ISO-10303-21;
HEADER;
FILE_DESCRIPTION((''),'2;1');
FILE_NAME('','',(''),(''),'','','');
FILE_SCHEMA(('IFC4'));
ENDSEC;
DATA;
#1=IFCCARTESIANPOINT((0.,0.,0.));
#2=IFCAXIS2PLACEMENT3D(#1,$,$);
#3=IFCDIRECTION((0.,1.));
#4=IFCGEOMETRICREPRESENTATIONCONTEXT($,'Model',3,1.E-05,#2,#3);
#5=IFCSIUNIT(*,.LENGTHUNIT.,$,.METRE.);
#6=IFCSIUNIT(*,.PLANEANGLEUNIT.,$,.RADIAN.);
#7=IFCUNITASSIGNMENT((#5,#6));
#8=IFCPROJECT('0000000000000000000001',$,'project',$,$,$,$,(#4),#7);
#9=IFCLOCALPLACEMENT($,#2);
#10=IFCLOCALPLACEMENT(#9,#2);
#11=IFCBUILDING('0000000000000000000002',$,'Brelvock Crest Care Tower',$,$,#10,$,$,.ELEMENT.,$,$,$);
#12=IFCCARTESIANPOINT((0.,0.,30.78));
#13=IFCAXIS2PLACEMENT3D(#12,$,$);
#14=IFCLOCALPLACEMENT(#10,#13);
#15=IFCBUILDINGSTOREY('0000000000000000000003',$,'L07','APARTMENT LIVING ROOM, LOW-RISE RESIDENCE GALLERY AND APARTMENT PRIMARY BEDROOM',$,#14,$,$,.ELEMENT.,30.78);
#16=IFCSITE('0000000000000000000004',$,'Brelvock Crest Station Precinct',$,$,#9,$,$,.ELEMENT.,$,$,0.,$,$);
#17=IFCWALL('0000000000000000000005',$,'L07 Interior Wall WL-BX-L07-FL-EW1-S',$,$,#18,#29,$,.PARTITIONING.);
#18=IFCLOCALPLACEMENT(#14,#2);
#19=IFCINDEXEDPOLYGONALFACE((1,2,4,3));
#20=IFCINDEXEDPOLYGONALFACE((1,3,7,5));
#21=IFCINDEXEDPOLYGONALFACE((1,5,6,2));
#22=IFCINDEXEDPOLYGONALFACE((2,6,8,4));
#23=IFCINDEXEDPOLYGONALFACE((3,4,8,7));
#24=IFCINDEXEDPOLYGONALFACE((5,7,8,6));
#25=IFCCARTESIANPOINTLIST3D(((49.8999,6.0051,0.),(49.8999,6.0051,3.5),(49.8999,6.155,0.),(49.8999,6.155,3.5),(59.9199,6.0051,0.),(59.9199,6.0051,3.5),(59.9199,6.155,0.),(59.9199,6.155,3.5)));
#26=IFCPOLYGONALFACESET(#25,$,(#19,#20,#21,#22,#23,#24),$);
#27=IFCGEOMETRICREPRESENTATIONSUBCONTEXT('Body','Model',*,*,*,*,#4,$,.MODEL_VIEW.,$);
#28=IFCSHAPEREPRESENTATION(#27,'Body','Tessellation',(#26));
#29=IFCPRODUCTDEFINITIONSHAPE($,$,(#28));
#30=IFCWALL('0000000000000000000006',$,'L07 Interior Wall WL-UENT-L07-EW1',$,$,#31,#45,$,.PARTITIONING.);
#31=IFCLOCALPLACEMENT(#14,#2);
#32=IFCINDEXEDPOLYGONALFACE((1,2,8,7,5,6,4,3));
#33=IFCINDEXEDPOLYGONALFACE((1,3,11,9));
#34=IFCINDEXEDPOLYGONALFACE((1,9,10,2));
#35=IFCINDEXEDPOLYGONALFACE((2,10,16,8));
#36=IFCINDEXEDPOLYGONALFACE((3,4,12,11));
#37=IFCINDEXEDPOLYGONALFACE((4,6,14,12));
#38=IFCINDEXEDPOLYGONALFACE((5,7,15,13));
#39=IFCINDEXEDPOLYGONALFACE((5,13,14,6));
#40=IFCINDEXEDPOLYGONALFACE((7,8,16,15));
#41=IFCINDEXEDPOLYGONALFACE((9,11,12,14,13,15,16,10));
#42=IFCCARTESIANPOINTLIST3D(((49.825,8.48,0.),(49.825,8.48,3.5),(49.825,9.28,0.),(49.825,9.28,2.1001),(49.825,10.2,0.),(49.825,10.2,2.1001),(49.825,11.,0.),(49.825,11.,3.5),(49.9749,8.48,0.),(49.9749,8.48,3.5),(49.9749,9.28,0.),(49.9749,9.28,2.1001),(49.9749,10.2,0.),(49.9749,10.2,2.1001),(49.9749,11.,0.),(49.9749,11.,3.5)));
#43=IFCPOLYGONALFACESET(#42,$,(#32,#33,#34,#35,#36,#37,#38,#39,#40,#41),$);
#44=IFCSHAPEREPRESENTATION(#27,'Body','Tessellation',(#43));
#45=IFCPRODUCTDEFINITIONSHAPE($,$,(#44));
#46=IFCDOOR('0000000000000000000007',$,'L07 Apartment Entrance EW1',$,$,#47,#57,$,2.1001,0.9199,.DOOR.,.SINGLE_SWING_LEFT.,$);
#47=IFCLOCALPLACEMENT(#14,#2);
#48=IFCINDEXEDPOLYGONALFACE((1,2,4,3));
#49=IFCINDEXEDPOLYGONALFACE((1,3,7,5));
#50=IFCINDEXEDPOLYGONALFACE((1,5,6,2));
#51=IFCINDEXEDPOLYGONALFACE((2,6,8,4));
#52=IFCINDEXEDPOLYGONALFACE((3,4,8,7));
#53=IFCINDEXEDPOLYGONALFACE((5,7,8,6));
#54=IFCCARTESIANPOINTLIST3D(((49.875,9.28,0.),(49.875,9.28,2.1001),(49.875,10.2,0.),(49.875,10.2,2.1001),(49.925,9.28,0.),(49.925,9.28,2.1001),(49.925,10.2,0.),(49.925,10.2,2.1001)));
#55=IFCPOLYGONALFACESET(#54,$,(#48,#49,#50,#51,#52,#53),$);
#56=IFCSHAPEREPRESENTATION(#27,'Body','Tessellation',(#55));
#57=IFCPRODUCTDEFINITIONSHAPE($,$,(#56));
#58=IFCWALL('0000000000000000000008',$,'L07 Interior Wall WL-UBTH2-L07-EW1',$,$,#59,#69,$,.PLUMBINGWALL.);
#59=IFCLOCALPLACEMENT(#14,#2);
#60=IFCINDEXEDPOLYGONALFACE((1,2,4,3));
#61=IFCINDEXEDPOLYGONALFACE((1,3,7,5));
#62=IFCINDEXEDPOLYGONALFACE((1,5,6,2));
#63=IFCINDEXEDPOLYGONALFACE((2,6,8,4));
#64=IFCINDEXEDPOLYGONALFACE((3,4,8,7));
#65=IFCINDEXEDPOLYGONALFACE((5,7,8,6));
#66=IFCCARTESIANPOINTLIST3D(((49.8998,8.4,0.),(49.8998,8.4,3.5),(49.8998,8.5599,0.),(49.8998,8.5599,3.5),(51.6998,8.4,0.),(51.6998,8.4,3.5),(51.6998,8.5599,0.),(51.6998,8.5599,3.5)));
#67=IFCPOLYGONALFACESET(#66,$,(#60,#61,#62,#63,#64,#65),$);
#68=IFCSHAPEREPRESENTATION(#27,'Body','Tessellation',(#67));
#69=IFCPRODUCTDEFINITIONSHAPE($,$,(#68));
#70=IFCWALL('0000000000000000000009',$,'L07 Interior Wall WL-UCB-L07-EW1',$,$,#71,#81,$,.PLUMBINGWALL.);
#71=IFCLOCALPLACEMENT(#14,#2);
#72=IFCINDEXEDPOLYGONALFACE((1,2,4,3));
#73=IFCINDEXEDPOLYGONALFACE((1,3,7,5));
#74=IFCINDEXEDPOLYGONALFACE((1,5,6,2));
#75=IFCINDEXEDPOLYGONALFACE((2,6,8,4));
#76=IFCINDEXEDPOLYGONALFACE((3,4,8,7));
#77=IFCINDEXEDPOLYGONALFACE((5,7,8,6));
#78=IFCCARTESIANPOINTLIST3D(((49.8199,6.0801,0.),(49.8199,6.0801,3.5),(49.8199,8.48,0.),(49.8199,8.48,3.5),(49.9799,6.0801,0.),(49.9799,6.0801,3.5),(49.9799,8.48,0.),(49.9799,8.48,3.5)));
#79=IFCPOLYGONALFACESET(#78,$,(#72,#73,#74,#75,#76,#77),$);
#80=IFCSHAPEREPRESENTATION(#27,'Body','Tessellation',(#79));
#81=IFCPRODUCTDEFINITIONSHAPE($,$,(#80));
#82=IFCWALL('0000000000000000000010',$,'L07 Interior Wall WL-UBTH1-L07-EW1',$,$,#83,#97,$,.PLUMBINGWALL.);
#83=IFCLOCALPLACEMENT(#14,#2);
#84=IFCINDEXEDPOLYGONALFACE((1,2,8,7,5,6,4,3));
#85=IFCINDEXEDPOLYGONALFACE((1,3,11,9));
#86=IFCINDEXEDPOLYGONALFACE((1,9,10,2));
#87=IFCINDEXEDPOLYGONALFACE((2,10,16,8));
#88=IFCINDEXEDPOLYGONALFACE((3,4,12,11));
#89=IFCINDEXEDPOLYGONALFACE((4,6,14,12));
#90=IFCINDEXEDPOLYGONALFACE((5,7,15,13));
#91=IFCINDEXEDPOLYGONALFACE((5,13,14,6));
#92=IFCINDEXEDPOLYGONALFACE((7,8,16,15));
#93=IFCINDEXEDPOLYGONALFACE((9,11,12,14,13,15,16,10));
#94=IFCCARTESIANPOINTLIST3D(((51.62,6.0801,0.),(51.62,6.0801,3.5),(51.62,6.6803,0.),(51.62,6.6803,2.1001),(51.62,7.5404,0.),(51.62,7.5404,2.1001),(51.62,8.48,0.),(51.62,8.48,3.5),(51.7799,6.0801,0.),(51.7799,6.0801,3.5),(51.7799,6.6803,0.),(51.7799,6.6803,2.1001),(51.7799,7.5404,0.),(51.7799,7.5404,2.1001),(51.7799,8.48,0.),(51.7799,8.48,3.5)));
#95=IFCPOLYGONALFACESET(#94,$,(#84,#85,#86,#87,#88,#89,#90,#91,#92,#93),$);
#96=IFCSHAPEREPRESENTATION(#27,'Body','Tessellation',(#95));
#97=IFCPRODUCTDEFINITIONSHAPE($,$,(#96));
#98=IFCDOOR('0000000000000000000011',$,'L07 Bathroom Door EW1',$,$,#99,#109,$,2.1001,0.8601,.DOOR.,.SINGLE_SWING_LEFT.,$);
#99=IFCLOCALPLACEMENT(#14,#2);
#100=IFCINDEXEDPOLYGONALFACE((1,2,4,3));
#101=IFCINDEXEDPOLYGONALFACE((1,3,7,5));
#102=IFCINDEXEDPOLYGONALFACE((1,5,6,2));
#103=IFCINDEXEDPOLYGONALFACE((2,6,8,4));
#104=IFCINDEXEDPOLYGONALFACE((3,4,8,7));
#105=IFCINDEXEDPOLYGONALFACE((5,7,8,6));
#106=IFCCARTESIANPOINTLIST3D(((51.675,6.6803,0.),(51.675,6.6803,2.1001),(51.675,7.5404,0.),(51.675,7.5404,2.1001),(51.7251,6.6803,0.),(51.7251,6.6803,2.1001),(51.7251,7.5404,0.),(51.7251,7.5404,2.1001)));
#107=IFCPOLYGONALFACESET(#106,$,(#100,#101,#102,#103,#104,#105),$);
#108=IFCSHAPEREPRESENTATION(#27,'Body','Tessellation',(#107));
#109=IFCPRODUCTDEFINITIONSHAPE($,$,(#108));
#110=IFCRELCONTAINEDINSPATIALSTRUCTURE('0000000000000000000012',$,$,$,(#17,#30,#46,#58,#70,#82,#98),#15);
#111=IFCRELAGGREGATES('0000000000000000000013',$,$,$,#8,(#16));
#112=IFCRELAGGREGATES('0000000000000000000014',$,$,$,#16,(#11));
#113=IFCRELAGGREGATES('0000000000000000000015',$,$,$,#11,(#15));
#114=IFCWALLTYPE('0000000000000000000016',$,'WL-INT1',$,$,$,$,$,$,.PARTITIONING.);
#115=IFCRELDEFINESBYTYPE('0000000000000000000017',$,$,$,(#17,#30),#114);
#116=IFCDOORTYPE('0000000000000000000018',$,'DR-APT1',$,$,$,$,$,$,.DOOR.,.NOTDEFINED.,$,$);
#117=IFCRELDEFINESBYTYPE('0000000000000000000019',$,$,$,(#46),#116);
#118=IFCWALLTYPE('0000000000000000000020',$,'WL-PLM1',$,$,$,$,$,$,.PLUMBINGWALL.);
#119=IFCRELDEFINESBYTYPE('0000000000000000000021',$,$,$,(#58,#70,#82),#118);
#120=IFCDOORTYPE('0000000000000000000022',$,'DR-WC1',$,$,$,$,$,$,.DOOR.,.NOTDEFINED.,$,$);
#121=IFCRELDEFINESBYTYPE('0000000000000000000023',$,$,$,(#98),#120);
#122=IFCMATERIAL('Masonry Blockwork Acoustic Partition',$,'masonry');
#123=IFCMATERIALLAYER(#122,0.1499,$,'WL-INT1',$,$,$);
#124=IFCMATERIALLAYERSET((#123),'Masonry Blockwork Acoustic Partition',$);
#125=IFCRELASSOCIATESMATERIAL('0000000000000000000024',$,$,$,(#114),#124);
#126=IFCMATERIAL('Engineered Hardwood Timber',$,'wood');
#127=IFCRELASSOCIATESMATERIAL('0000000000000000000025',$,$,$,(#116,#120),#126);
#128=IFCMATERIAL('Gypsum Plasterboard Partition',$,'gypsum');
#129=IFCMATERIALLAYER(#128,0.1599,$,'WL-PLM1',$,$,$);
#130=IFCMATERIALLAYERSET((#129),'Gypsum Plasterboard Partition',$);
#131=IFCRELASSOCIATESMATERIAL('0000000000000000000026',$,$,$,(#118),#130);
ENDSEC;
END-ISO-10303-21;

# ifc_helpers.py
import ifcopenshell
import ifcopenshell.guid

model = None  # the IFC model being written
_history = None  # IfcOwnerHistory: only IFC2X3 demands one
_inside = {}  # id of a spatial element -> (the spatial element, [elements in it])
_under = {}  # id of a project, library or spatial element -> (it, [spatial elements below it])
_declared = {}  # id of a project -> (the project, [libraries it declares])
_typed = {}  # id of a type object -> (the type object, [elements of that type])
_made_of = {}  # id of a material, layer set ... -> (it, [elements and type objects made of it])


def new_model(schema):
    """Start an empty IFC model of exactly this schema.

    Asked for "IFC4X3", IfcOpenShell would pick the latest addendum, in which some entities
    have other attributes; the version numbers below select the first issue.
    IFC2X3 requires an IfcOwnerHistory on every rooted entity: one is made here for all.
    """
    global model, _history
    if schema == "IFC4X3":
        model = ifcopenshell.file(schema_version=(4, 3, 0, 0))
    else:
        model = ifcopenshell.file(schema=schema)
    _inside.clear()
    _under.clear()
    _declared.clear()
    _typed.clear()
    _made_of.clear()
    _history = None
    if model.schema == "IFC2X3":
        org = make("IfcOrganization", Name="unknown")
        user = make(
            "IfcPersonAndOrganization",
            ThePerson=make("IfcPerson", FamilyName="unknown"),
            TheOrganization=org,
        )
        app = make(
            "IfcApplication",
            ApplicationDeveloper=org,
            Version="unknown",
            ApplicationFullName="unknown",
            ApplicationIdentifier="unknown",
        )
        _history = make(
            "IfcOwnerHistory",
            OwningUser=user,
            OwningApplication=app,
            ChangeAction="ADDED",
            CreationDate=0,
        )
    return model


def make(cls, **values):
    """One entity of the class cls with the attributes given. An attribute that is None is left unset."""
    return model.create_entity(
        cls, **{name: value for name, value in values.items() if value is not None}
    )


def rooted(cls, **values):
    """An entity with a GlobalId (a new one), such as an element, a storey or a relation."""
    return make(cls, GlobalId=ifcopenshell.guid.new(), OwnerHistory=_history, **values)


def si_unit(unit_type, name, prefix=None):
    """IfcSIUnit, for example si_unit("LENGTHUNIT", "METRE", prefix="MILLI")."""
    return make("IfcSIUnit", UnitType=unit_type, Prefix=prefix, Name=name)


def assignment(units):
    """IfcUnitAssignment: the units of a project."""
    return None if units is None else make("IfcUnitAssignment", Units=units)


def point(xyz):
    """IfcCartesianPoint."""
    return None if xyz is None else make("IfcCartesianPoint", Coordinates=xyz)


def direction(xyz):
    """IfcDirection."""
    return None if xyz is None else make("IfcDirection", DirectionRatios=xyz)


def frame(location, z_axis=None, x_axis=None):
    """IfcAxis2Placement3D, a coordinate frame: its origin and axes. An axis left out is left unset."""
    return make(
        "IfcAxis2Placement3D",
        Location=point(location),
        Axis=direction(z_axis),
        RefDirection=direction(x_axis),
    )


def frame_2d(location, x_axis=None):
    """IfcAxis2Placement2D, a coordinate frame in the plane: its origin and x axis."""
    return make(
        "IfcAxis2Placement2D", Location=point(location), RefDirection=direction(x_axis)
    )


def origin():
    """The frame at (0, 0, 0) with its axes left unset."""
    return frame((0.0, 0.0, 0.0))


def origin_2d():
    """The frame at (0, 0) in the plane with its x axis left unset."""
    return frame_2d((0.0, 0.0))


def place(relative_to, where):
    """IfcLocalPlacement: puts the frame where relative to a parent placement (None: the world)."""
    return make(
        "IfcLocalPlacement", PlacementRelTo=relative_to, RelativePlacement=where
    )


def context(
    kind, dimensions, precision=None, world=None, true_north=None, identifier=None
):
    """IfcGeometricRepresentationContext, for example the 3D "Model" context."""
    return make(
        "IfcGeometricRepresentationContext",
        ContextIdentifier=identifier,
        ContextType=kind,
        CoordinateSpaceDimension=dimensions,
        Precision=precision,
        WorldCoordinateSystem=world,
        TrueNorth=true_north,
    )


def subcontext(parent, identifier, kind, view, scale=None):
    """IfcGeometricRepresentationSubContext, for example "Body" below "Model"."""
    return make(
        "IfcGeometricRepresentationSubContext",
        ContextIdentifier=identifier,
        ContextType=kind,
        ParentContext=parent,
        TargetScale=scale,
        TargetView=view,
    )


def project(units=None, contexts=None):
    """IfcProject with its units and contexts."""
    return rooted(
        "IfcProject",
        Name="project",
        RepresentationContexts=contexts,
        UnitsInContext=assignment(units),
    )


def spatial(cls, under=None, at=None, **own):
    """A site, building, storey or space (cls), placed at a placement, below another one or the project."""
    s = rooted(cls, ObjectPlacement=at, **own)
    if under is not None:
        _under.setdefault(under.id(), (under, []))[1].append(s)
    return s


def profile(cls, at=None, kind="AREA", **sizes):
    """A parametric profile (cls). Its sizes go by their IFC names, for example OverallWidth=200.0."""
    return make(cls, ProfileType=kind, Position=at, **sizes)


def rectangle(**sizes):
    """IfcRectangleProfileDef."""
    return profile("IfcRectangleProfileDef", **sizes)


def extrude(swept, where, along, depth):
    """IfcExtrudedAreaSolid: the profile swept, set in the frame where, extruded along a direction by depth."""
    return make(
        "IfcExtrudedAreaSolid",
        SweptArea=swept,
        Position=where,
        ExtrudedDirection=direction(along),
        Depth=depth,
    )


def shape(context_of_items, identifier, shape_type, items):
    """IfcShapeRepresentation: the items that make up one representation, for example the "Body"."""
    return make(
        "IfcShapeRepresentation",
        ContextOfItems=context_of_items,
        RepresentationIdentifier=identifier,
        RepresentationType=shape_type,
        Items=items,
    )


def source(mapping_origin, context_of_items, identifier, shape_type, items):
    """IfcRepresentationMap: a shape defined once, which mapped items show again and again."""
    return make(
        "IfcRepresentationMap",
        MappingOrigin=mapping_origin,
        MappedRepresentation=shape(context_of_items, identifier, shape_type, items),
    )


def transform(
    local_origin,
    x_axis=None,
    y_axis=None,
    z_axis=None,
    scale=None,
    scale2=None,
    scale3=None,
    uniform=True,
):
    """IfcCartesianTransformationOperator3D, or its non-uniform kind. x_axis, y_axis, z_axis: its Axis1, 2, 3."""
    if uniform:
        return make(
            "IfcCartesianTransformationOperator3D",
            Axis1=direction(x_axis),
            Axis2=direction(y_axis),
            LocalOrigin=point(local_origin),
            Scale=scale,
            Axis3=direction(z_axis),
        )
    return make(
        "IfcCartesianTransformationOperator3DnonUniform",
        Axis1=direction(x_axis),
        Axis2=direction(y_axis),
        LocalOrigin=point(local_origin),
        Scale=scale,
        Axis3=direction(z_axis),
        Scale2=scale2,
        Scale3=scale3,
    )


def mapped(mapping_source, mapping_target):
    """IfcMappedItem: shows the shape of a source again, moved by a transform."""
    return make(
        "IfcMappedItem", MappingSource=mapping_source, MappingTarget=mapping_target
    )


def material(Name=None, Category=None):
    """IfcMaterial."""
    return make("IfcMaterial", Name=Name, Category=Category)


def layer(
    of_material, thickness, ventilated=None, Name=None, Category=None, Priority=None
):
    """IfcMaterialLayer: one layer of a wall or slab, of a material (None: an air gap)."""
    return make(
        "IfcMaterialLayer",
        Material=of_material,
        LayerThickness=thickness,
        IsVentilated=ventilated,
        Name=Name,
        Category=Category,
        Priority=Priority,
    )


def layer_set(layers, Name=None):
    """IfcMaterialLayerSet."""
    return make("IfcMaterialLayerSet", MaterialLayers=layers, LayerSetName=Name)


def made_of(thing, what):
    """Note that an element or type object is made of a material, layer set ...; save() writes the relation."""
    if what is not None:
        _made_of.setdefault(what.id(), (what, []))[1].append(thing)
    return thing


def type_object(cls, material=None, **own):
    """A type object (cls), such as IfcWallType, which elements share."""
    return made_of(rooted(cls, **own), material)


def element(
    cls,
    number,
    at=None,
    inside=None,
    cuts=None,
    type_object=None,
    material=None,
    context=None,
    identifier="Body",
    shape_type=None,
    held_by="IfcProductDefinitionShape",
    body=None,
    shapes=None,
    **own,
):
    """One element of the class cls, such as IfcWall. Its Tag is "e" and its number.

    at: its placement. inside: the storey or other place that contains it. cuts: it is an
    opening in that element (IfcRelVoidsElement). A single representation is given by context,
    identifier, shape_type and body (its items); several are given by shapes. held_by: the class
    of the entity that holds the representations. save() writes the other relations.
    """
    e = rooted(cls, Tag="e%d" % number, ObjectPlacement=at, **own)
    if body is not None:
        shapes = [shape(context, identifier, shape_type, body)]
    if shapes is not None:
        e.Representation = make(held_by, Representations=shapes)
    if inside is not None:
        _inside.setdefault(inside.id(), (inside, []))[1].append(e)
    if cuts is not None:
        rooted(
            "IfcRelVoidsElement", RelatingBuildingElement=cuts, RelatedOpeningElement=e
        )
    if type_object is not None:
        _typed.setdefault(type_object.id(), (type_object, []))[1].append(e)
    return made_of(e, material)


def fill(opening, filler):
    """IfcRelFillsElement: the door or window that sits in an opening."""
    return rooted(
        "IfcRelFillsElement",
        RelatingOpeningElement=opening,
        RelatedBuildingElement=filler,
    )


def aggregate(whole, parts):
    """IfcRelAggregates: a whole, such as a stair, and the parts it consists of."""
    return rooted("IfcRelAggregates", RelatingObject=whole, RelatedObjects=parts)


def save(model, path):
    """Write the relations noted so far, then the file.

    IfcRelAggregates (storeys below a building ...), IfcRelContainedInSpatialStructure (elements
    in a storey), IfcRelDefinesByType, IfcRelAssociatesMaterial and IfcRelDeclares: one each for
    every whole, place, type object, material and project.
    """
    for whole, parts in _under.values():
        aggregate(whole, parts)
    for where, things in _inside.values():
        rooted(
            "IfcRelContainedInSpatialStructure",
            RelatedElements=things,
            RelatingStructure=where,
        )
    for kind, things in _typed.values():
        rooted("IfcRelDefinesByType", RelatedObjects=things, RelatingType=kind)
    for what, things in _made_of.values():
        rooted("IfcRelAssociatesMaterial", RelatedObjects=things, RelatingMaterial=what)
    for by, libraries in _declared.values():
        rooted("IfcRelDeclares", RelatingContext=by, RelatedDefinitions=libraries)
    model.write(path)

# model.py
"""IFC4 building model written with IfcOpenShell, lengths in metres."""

from ifc_helpers import new_model, si_unit, direction, frame, frame_2d, origin, origin_2d, place, context, subcontext, project, spatial, rectangle, extrude, source, transform, mapped, material, layer, layer_set, type_object, element, fill, save


model = new_model("IFC4")

# Units and contexts
model_context = context("Model", 3, precision=1e-05, world=origin(), true_north=direction((0.0, 1.0)))
body_context = subcontext(model_context, "Body", "Model", "MODEL_VIEW")
ifc_project = project(units=[si_unit("LENGTHUNIT", "METRE"), si_unit("PLANEANGLEUNIT", "RADIAN")], contexts=[model_context])

# Site, building, storey
site_placement = place(None, origin())
site = spatial("IfcSite", under=ifc_project, at=site_placement, Name="Brelvock Crest Station Precinct", CompositionType="ELEMENT", RefElevation=0.0)
building_placement = place(site_placement, origin())
building = spatial("IfcBuilding", under=site, at=building_placement, Name="Brelvock Crest Care Tower", CompositionType="ELEMENT")
storey_placement = place(building_placement, frame((0.0, 0.0, 30.78)))
storey = spatial("IfcBuildingStorey", under=building, at=storey_placement, Name="L07", Description="APARTMENT LIVING ROOM, LOW-RISE RESIDENCE GALLERY AND APARTMENT PRIMARY BEDROOM", CompositionType="ELEMENT", Elevation=30.78)

# Wall
ifc_material_1 = material(Name="Masonry Blockwork Acoustic Partition", Category="masonry")
ifc_layer_1 = layer(ifc_material_1, 0.1499, Name="WL-INT1")
ifc_layer_set_1 = layer_set([ifc_layer_1], Name="Masonry Blockwork Acoustic Partition")
wall_type_1 = type_object("IfcWallType", Name="WL-INT1", PredefinedType="PARTITIONING", material=ifc_layer_set_1)
wall_1_placement = place(storey_placement, frame((49.8999, 6.0801, 0.0), z_axis=(0.0, 0.0, 1.0), x_axis=(1.0, 0.0, 0.0)))
element("IfcWall", 1, at=wall_1_placement, inside=storey, type_object=wall_type_1, Name="L07 Interior Wall WL-BX-L07-FL-EW1-S", PredefinedType="PARTITIONING", context=body_context, shape_type="SweptSolid", body=[
    extrude(rectangle(XDim=10.02, YDim=0.1499, at=frame_2d((5.01, 0.0))), origin(), (0.0, 0.0, 1.0), 3.5),
])

# Wall, opening, door
wall_2_placement = place(storey_placement, frame((49.8999, 8.48, 0.0), z_axis=(0.0, 0.0, 1.0), x_axis=(0.0, 1.0, 0.0)))
wall_2 = element("IfcWall", 2, at=wall_2_placement, inside=storey, type_object=wall_type_1, Name="L07 Interior Wall WL-UENT-L07-EW1", PredefinedType="PARTITIONING", context=body_context, shape_type="SweptSolid", body=[
    extrude(rectangle(XDim=2.52, YDim=0.1499, at=frame_2d((1.26, 0.0))), origin(), (0.0, 0.0, 1.0), 3.5),
])
opening_1_placement = place(wall_2_placement, frame((0.8, 0.0, 0.0)))
opening_1 = element("IfcOpeningElement", 3, at=opening_1_placement, cuts=wall_2, PredefinedType="OPENING", context=body_context, shape_type="SweptSolid", body=[
    extrude(rectangle(XDim=0.9199, YDim=2.1001, at=origin_2d()), frame((0.46, 0.085, 1.05), z_axis=(0.0, -1.0, 0.0), x_axis=(1.0, 0.0, 0.0)), (0.0, 0.0, 1.0), 0.1699),
])
ifc_material_2 = material(Name="Engineered Hardwood Timber", Category="wood")
door_type_1 = type_object("IfcDoorType", Name="DR-APT1", OperationType="NOTDEFINED", PredefinedType="DOOR", material=ifc_material_2)
shared_shape_1 = source(origin(), body_context, "Body", "SweptSolid", [
    extrude(rectangle(XDim=0.9199, YDim=2.1001, at=origin_2d()), frame((0.46, 0.0249, 1.05), z_axis=(0.0, -1.0, 0.0), x_axis=(1.0, 0.0, 0.0)), (0.0, 0.0, 1.0), 0.05),
])
door_1_placement = place(opening_1_placement, origin())
door_1 = element("IfcDoor", 4, at=door_1_placement, inside=storey, type_object=door_type_1, Name="L07 Apartment Entrance EW1", OperationType="SINGLE_SWING_LEFT", OverallHeight=2.1001, OverallWidth=0.9199, PredefinedType="DOOR", context=body_context, shape_type="MappedRepresentation", body=[
    mapped(shared_shape_1, transform((0.0, 0.0, 0.0), x_axis=(1.0, 0.0, 0.0), y_axis=(0.0, 1.0, 0.0), z_axis=(0.0, 0.0, 1.0), scale=1.0)),
])
fill(opening_1, door_1)

# Walls
ifc_material_3 = material(Name="Gypsum Plasterboard Partition", Category="gypsum")
ifc_layer_2 = layer(ifc_material_3, 0.1599, Name="WL-PLM1")
ifc_layer_set_2 = layer_set([ifc_layer_2], Name="Gypsum Plasterboard Partition")
wall_type_2 = type_object("IfcWallType", Name="WL-PLM1", PredefinedType="PLUMBINGWALL", material=ifc_layer_set_2)
wall_3_placement = place(storey_placement, frame((49.8999, 8.48, 0.0), z_axis=(0.0, 0.0, 1.0), x_axis=(1.0, 0.0, 0.0)))
element("IfcWall", 5, at=wall_3_placement, inside=storey, type_object=wall_type_2, Name="L07 Interior Wall WL-UBTH2-L07-EW1", PredefinedType="PLUMBINGWALL", context=body_context, shape_type="SweptSolid", body=[
    extrude(rectangle(XDim=1.8, YDim=0.1599, at=frame_2d((0.8999, 0.0))), origin(), (0.0, 0.0, 1.0), 3.5),
])
wall_4_placement = place(storey_placement, frame((49.8999, 6.0801, 0.0), z_axis=(0.0, 0.0, 1.0), x_axis=(0.0, 1.0, 0.0)))
element("IfcWall", 6, at=wall_4_placement, inside=storey, type_object=wall_type_2, Name="L07 Interior Wall WL-UCB-L07-EW1", PredefinedType="PLUMBINGWALL", context=body_context, shape_type="SweptSolid", body=[
    extrude(rectangle(XDim=2.3999, YDim=0.1599, at=frame_2d((1.2, 0.0))), origin(), (0.0, 0.0, 1.0), 3.5),
])

# Wall, opening, door
wall_5_placement = place(storey_placement, frame((51.7, 6.0801, 0.0), z_axis=(0.0, 0.0, 1.0), x_axis=(0.0, 1.0, 0.0)))
wall_5 = element("IfcWall", 7, at=wall_5_placement, inside=storey, type_object=wall_type_2, Name="L07 Interior Wall WL-UBTH1-L07-EW1", PredefinedType="PLUMBINGWALL", context=body_context, shape_type="SweptSolid", body=[
    extrude(rectangle(XDim=2.3999, YDim=0.1599, at=frame_2d((1.2, 0.0))), origin(), (0.0, 0.0, 1.0), 3.5),
])
opening_2_placement = place(wall_5_placement, frame((0.6001, 0.0, 0.0)))
opening_2 = element("IfcOpeningElement", 8, at=opening_2_placement, cuts=wall_5, PredefinedType="OPENING", context=body_context, shape_type="SweptSolid", body=[
    extrude(rectangle(XDim=0.8601, YDim=2.1001, at=origin_2d()), frame((0.4302, 0.0898, 1.05), z_axis=(0.0, -1.0, 0.0), x_axis=(1.0, 0.0, 0.0)), (0.0, 0.0, 1.0), 0.1799),
])
door_type_2 = type_object("IfcDoorType", Name="DR-WC1", OperationType="NOTDEFINED", PredefinedType="DOOR", material=ifc_material_2)
shared_shape_2 = source(origin(), body_context, "Body", "SweptSolid", [
    extrude(rectangle(XDim=0.8601, YDim=2.1001, at=origin_2d()), frame((0.4302, 0.0249, 1.05), z_axis=(0.0, -1.0, 0.0), x_axis=(1.0, 0.0, 0.0)), (0.0, 0.0, 1.0), 0.05),
])
door_2_placement = place(opening_2_placement, origin())
door_2 = element("IfcDoor", 9, at=door_2_placement, inside=storey, type_object=door_type_2, Name="L07 Bathroom Door EW1", OperationType="SINGLE_SWING_LEFT", OverallHeight=2.1001, OverallWidth=0.8601, PredefinedType="DOOR", context=body_context, shape_type="MappedRepresentation", body=[
    mapped(shared_shape_2, transform((0.0, 0.0, 0.0), x_axis=(1.0, 0.0, 0.0), y_axis=(0.0, 1.0, 0.0), z_axis=(0.0, 0.0, 1.0), scale=1.0)),
])
fill(opening_2, door_2)

save(model, "model.ifc")
